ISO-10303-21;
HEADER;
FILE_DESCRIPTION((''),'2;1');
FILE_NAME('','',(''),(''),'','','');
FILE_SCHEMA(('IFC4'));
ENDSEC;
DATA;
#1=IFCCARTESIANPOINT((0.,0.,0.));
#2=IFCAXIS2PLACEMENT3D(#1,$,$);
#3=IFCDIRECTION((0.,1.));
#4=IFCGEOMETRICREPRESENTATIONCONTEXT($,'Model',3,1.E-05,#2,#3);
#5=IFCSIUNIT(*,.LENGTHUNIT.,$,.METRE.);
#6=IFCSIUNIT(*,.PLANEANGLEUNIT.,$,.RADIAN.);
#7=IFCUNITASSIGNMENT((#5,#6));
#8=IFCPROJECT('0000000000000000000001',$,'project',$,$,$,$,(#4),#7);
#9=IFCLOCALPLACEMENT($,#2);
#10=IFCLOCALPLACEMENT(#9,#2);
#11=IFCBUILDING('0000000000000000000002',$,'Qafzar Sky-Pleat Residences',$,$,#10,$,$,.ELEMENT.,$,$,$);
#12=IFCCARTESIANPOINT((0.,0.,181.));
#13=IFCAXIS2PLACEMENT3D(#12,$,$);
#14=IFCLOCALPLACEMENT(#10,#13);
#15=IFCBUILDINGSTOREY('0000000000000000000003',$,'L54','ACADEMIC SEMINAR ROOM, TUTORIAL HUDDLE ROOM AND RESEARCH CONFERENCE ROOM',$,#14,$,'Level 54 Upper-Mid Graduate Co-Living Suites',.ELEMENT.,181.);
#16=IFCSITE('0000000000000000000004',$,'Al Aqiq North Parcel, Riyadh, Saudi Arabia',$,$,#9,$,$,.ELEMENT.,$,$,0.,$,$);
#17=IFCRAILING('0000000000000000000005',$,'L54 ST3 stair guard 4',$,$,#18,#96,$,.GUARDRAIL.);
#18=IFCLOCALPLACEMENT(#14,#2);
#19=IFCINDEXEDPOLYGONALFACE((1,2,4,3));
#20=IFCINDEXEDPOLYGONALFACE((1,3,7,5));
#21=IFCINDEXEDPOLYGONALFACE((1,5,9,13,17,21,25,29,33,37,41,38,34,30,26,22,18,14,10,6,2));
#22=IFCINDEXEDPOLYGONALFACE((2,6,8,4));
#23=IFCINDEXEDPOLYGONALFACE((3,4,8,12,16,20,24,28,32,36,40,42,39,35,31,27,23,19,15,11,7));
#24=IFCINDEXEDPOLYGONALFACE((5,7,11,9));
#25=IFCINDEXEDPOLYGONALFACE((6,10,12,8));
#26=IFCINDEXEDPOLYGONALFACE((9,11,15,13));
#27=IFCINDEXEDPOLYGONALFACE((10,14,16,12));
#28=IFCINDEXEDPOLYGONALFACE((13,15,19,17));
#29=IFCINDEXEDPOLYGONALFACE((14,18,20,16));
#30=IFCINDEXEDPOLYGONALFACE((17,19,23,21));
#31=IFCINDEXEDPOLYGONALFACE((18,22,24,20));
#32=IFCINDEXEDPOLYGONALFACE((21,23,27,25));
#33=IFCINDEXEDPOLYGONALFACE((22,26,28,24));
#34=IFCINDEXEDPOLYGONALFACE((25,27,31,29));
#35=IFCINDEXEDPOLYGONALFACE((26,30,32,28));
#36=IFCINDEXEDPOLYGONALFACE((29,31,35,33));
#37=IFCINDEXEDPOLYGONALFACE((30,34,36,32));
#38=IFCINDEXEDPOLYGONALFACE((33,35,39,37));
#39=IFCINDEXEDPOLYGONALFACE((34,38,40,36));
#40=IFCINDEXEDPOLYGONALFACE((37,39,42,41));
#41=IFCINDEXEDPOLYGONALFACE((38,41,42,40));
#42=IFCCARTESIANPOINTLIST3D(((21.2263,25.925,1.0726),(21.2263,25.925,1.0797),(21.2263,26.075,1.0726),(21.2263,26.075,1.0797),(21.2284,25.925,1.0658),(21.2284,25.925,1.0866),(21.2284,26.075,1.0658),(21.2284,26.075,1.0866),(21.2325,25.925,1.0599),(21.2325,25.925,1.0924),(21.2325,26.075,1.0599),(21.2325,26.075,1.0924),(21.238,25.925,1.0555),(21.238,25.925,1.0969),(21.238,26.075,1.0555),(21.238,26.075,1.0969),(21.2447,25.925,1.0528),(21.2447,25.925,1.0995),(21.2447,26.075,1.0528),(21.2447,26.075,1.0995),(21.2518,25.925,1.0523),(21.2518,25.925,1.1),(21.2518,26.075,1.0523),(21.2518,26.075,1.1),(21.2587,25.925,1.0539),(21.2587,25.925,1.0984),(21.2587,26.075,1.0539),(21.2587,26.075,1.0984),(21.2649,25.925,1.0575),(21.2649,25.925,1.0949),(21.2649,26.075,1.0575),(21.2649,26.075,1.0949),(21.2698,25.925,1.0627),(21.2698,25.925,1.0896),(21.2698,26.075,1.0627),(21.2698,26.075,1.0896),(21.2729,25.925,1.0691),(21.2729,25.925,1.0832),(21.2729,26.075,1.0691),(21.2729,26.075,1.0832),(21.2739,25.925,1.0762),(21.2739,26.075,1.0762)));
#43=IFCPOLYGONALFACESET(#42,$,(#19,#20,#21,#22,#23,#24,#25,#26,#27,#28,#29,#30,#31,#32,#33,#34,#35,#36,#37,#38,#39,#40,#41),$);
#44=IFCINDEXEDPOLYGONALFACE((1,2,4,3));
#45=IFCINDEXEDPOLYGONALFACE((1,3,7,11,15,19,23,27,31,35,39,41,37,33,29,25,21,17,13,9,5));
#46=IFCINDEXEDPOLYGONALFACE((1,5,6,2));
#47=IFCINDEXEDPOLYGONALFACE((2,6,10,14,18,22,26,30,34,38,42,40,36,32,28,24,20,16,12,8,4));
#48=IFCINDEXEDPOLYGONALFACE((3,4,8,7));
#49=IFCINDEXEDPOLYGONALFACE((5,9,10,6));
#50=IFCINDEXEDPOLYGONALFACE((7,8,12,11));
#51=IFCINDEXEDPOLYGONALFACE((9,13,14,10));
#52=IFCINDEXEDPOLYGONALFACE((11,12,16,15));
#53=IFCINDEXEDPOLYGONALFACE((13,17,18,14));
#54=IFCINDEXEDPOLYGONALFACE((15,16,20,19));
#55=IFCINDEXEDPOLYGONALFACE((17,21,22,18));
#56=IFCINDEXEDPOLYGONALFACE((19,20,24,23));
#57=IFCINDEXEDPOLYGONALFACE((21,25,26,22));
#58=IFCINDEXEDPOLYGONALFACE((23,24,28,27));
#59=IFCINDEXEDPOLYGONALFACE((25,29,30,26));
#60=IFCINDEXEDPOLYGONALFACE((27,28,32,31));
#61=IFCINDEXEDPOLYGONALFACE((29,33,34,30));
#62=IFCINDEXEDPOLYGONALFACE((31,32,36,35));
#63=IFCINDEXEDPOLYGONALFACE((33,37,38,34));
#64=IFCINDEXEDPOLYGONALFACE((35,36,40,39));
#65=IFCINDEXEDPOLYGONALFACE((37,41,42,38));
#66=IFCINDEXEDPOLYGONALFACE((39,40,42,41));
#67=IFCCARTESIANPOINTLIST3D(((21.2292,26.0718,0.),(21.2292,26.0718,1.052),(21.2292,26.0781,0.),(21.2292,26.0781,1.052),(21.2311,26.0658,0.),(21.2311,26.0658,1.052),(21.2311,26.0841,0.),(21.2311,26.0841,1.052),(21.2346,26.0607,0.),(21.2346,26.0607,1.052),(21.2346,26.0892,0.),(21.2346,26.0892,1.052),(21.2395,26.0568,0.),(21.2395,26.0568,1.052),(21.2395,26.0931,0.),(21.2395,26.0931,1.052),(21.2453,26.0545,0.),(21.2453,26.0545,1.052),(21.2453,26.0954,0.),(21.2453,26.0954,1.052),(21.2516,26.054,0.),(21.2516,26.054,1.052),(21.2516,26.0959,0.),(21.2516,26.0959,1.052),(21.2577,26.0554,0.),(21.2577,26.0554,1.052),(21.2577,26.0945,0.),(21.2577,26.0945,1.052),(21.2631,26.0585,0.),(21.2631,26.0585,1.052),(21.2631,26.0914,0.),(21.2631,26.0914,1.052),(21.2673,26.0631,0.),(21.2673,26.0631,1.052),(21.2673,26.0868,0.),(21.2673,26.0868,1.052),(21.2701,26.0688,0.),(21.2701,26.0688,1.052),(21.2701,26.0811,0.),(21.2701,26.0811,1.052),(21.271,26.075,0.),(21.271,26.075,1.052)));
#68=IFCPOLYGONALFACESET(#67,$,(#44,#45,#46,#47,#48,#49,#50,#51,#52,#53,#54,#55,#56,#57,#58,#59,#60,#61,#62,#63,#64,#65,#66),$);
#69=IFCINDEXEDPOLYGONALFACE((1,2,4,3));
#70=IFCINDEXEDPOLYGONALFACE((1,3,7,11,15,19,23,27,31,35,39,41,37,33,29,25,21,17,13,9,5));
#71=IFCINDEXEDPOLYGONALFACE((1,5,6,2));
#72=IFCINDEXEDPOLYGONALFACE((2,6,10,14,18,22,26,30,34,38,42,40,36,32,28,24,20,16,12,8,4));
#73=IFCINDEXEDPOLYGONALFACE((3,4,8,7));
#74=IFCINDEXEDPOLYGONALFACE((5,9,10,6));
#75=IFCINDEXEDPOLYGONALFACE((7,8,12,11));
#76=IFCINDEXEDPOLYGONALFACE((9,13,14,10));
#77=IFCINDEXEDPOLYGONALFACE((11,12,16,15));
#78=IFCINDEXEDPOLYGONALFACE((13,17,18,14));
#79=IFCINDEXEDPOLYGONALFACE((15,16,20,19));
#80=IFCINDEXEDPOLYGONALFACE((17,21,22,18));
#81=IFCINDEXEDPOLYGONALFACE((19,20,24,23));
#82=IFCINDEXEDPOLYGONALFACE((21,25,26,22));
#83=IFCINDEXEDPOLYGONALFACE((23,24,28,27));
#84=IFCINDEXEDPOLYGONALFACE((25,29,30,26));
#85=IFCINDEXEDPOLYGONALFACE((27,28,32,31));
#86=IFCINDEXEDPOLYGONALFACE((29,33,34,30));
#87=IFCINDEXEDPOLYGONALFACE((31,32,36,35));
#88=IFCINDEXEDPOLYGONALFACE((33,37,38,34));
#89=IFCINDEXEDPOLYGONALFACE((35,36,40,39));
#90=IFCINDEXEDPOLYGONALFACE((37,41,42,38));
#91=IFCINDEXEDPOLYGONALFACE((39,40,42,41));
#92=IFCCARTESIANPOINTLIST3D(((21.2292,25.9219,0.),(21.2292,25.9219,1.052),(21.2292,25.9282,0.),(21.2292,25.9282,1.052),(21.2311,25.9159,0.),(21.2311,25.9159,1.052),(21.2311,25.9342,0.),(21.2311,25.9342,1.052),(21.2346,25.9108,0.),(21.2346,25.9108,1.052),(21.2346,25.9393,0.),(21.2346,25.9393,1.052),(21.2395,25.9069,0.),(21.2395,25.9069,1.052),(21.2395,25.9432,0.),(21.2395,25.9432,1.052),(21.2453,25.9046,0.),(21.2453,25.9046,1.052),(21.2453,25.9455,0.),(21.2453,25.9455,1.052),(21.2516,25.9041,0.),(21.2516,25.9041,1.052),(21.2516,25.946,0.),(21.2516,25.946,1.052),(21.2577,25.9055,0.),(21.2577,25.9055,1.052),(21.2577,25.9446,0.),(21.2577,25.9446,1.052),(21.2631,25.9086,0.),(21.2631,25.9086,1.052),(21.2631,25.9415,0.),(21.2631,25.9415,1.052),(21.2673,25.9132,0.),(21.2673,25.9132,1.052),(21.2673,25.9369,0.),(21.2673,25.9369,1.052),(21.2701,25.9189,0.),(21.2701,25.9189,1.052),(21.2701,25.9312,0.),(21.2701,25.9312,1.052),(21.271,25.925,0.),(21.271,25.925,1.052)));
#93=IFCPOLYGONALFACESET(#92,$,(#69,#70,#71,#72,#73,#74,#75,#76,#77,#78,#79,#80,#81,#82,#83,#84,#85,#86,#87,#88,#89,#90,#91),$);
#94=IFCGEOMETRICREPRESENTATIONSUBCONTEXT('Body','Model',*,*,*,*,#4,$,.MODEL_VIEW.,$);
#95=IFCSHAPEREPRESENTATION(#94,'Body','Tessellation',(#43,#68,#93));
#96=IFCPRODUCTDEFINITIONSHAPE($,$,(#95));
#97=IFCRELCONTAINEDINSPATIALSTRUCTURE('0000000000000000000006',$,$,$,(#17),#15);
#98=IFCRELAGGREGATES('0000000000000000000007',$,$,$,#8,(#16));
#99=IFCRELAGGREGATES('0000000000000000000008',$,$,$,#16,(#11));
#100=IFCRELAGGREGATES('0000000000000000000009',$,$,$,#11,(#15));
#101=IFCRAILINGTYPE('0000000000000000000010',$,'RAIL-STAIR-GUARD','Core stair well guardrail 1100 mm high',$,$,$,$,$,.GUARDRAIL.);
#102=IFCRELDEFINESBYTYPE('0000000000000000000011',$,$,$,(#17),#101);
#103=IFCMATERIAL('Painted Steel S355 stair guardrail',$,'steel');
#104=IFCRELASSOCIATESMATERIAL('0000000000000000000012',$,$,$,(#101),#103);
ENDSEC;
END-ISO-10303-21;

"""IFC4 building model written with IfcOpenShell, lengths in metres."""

from ifc_helpers import new_model, si_unit, direction, frame, origin, origin_2d, place, context, subcontext, project, spatial, circle, extrude, source, transform, mapped, material, type_object, element, save


model = new_model("IFC4")

# Units and contexts
model_context = context("Model", 3, precision=1e-05, world=origin(), true_north=direction((0.0, 1.0)))
body_context = subcontext(model_context, "Body", "Model", "MODEL_VIEW")
ifc_project = project(units=[si_unit("LENGTHUNIT", "METRE"), si_unit("PLANEANGLEUNIT", "RADIAN")], contexts=[model_context])

# Site, building, storey
site_placement = place(None, origin())
site = spatial("IfcSite", under=ifc_project, at=site_placement, Name="Al Aqiq North Parcel, Riyadh, Saudi Arabia", CompositionType="ELEMENT", RefElevation=0.0)
building_placement = place(site_placement, origin())
building = spatial("IfcBuilding", under=site, at=building_placement, Name="Qafzar Sky-Pleat Residences", CompositionType="ELEMENT")
storey_placement = place(building_placement, frame((0.0, 0.0, 181.0)))
storey = spatial("IfcBuildingStorey", under=building, at=storey_placement, Name="L54", Description="ACADEMIC SEMINAR ROOM, TUTORIAL HUDDLE ROOM AND RESEARCH CONFERENCE ROOM", LongName="Level 54 Upper-Mid Graduate Co-Living Suites", CompositionType="ELEMENT", Elevation=181.0)

# Railing
ifc_material_1 = material(Name="Painted Steel S355 stair guardrail", Category="steel")
railing_type_1 = type_object("IfcRailingType", Name="RAIL-STAIR-GUARD", Description="Core stair well guardrail 1100 mm high", PredefinedType="GUARDRAIL", material=ifc_material_1)
shared_shape_1 = source(origin(), body_context, "Body", "SweptSolid", [
    extrude(circle(Radius=0.0239, at=origin_2d()), frame((0.0, 0.0, 1.0762), z_axis=(0.0, -1.0, 0.0), x_axis=(1.0, 0.0, 0.0)), (0.0, 0.0, 1.0), 0.1499),
    extrude(circle(Radius=0.021, at=origin_2d()), origin(), (0.0, 0.0, 1.0), 1.052),
    extrude(circle(Radius=0.021, at=origin_2d()), frame((0.0, -0.1499, 0.0)), (0.0, 0.0, 1.0), 1.052),
])
for number, where, name in (
    (1, (21.25, 26.075, 0.0), "L54 ST3 stair guard 4"),
):
    element("IfcRailing", number, at=place(storey_placement, frame(where)), inside=storey, type_object=railing_type_1, Name=name, PredefinedType="GUARDRAIL", context=body_context, shape_type="MappedRepresentation", body=[
        mapped(shared_shape_1, transform((0.0, 0.0, 0.0), x_axis=(1.0, 0.0, 0.0), y_axis=(0.0, 1.0, 0.0), z_axis=(0.0, 0.0, 1.0), scale=1.0)),
    ])

save(model, "model.ifc")
